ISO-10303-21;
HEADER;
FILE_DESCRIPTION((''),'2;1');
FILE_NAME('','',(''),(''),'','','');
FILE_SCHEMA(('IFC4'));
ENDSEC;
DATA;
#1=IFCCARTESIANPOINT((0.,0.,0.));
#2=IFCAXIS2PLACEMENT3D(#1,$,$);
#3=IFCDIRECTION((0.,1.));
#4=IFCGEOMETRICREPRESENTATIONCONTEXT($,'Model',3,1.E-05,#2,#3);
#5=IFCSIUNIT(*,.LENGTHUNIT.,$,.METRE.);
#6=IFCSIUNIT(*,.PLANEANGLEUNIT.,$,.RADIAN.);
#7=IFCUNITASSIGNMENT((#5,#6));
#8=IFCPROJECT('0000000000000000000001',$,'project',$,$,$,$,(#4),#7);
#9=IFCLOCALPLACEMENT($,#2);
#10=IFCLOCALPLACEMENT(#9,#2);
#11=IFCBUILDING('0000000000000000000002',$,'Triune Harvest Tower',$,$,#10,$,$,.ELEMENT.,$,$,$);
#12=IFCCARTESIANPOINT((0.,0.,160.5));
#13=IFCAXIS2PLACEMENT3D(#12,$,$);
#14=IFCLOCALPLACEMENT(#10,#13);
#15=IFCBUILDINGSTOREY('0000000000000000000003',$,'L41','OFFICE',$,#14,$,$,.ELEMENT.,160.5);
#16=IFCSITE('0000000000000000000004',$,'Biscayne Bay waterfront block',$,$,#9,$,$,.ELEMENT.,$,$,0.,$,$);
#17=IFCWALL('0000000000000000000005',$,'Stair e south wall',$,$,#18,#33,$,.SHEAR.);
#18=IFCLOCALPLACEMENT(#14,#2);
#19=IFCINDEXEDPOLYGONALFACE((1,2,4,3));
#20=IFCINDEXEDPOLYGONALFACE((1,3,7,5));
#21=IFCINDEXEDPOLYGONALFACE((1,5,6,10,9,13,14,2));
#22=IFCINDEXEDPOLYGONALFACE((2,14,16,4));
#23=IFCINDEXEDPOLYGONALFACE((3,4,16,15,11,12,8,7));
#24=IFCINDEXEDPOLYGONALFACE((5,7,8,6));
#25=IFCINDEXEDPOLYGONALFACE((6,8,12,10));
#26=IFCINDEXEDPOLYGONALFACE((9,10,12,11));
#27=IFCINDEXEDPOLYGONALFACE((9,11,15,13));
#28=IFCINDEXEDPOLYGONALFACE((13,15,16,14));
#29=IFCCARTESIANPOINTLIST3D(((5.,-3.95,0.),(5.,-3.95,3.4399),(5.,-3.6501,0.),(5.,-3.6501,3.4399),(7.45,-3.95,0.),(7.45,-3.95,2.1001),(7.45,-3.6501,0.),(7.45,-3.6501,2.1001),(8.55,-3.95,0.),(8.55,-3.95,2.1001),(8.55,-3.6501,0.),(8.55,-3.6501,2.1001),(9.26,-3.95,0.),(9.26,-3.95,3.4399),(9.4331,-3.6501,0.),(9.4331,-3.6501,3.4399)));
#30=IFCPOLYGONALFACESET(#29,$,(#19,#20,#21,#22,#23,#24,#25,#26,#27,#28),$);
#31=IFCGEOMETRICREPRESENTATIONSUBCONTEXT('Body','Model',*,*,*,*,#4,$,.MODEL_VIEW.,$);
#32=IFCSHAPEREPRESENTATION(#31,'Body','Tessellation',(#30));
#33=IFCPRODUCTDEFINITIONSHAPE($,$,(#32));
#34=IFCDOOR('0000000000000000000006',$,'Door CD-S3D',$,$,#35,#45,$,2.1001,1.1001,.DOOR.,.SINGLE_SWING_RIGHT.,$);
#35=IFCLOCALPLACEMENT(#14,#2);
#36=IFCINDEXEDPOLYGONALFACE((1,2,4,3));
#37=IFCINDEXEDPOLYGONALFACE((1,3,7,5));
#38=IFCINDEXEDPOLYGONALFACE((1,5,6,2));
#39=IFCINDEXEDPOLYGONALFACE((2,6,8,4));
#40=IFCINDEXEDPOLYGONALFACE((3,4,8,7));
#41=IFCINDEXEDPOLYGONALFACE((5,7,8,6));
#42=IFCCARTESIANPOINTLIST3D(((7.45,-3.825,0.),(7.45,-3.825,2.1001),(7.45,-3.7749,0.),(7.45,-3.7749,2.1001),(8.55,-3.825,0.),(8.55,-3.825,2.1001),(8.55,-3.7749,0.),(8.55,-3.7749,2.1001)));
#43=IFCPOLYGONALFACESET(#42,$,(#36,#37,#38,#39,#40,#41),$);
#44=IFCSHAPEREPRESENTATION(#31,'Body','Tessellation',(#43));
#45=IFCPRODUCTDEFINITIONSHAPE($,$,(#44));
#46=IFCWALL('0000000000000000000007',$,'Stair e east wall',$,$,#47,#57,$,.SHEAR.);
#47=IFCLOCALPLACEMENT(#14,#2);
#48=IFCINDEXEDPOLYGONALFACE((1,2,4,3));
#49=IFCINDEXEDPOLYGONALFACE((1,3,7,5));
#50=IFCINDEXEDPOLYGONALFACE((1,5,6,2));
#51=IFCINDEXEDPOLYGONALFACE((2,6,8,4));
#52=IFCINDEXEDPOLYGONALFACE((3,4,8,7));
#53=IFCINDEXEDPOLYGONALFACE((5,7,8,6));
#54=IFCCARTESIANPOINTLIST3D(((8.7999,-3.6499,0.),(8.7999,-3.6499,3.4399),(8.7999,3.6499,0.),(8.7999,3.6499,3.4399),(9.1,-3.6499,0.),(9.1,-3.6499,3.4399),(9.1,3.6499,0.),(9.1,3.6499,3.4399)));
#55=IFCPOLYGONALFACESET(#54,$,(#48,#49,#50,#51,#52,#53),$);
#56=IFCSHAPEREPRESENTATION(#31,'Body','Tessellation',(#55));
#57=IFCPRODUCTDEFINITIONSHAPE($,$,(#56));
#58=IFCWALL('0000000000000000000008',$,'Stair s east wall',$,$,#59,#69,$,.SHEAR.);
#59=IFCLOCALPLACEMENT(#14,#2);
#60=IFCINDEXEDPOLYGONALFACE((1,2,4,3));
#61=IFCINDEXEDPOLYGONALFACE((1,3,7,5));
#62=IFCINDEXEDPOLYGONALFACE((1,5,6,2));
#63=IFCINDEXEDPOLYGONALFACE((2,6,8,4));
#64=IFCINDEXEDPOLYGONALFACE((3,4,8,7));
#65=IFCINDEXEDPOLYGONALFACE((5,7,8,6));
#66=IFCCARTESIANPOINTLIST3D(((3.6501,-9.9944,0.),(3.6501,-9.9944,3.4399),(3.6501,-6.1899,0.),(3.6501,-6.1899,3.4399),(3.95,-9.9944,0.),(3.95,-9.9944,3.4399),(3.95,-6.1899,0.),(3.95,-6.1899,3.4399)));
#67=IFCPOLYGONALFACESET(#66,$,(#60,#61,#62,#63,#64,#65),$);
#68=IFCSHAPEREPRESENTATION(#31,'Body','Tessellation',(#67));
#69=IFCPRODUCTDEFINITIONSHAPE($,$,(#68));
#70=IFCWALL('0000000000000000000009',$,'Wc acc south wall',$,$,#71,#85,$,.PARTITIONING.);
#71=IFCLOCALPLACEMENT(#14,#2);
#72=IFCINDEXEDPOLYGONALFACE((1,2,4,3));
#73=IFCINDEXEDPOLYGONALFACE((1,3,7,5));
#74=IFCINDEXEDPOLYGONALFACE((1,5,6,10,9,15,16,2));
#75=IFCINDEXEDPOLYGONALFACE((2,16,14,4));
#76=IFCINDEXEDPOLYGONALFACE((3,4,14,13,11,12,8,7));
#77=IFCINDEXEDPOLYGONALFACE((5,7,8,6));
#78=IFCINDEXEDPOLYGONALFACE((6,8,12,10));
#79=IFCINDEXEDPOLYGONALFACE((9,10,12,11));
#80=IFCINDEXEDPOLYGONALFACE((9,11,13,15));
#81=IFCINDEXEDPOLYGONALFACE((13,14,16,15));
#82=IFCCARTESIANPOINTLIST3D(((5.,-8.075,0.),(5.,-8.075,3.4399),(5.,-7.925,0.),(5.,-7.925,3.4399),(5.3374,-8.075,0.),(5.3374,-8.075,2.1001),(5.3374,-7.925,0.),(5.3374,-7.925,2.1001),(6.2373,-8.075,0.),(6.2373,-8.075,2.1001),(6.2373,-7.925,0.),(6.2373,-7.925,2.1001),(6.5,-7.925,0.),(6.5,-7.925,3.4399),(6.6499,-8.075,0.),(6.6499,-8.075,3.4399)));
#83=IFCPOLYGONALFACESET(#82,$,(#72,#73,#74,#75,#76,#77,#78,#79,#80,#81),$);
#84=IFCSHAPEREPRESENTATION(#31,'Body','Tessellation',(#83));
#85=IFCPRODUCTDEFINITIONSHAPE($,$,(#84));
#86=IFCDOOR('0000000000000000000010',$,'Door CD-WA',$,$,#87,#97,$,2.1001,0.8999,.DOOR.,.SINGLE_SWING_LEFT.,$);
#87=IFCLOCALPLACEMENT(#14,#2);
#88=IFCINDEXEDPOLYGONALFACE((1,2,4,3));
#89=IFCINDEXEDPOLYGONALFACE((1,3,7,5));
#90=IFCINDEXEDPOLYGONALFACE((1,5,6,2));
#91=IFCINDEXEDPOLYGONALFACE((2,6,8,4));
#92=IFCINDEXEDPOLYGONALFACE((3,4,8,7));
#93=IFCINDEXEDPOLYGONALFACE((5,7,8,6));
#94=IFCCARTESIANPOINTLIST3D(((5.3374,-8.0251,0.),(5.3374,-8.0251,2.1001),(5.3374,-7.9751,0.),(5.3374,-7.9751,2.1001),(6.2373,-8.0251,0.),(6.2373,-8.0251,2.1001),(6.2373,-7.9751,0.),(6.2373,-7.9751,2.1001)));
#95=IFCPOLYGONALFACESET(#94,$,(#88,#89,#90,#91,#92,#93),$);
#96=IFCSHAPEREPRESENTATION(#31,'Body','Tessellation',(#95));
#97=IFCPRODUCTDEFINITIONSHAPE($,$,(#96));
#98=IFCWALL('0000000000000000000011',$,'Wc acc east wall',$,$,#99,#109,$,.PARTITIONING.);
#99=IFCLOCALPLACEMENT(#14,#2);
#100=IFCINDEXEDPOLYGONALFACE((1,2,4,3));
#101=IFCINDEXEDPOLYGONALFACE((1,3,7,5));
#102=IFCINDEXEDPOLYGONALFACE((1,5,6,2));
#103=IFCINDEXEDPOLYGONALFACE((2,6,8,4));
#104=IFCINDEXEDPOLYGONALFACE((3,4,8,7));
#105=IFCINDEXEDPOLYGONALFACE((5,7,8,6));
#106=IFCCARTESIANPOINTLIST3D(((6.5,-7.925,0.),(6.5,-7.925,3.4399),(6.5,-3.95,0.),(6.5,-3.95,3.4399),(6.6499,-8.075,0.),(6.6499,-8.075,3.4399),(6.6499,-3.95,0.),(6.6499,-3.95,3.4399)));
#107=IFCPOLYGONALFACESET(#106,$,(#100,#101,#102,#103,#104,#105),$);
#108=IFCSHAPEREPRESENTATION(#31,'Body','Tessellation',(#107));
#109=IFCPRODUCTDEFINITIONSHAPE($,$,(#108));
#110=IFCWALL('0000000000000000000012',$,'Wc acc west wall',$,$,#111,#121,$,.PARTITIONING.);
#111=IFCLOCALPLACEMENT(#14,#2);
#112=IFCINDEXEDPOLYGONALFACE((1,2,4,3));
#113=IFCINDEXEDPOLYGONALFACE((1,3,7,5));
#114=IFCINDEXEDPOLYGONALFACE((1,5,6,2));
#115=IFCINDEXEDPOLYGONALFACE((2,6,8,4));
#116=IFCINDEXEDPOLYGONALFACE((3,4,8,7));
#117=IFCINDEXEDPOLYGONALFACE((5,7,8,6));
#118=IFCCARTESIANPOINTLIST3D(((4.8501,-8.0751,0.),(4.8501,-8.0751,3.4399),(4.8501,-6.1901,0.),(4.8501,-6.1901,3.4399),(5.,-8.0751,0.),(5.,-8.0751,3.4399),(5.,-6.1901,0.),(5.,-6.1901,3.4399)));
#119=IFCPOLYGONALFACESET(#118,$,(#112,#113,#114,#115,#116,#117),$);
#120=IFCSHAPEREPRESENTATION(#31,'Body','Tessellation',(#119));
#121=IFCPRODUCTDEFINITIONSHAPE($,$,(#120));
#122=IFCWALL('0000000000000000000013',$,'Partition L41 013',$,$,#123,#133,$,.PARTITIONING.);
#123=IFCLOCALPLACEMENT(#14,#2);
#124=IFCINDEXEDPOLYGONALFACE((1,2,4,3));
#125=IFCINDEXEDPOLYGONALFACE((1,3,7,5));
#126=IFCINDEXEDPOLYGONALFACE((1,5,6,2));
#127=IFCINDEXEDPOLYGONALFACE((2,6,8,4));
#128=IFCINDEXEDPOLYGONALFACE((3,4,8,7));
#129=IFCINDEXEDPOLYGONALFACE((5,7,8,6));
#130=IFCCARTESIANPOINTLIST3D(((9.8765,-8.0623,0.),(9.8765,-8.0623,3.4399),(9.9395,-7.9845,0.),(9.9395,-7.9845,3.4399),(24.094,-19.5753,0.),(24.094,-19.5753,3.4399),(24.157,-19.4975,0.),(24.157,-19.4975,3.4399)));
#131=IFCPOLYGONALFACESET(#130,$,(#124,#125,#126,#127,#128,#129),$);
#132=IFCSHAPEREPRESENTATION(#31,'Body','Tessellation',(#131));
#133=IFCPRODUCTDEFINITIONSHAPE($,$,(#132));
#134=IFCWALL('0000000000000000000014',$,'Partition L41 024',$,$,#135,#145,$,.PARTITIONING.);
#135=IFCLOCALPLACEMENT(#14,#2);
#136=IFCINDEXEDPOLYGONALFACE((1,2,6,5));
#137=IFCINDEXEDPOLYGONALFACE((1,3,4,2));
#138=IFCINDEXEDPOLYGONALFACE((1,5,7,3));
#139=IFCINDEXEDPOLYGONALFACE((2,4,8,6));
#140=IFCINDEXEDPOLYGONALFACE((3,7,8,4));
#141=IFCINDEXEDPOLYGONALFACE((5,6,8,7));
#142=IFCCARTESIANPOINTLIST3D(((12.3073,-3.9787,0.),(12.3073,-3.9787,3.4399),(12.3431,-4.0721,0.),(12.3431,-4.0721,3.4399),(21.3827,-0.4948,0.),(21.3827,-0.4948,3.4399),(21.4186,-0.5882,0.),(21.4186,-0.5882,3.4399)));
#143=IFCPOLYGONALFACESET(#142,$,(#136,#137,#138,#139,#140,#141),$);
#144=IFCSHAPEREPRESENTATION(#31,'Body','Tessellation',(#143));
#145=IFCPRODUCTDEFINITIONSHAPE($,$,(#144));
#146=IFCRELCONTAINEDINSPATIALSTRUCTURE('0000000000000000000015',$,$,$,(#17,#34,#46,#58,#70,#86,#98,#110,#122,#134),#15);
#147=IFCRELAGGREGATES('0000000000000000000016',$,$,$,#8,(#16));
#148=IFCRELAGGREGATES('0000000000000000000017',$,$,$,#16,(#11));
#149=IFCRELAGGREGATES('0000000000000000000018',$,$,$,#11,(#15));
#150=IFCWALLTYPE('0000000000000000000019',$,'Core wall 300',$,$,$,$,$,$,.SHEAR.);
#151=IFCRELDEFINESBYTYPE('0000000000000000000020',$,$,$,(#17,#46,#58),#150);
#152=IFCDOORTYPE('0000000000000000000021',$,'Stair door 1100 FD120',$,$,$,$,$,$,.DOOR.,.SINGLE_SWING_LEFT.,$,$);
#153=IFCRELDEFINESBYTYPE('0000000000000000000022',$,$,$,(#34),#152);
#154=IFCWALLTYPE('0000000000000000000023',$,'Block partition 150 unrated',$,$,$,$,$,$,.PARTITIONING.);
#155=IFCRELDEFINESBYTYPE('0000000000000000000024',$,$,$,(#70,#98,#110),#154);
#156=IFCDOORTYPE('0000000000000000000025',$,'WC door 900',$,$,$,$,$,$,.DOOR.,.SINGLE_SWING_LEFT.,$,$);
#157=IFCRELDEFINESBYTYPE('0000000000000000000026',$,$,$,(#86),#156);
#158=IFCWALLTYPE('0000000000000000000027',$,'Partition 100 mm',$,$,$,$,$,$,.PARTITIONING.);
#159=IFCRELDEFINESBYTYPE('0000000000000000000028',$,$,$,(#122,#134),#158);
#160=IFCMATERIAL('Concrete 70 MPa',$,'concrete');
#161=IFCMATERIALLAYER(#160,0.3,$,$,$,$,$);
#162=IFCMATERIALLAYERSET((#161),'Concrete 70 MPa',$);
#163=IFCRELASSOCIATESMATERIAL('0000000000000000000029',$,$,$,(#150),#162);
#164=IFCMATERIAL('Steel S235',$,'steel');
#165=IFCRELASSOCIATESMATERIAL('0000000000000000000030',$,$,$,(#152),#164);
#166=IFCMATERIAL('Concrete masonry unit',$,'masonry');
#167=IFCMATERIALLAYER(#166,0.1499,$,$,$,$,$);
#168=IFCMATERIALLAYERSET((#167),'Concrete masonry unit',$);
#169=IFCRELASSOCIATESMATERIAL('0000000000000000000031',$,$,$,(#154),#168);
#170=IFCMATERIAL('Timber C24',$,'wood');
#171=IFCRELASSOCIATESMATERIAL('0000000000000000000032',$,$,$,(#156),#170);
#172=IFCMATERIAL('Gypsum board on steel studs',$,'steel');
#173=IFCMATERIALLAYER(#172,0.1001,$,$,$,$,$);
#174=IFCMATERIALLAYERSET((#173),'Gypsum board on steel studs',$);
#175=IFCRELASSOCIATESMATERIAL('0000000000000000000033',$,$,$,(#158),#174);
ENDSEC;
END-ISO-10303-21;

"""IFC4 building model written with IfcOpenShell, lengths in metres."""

from ifc_helpers import new_model, si_unit, direction, frame, frame_2d, origin, place, context, subcontext, project, spatial, polyline, rectangle, outline, extrude, source, transform, mapped, material, layer, layer_set, type_object, element, fill, save


model = new_model("IFC4")

# Units and contexts
model_context = context("Model", 3, precision=1e-05, world=origin(), true_north=direction((0.0, 1.0)))
body_context = subcontext(model_context, "Body", "Model", "MODEL_VIEW")
ifc_project = project(units=[si_unit("LENGTHUNIT", "METRE"), si_unit("PLANEANGLEUNIT", "RADIAN")], contexts=[model_context])

# Site, building, storey
site_placement = place(None, origin())
site = spatial("IfcSite", under=ifc_project, at=site_placement, Name="Biscayne Bay waterfront block", CompositionType="ELEMENT", RefElevation=0.0)
building_placement = place(site_placement, origin())
building = spatial("IfcBuilding", under=site, at=building_placement, Name="Triune Harvest Tower", CompositionType="ELEMENT")
storey_placement = place(building_placement, frame((0.0, 0.0, 160.5)))
storey = spatial("IfcBuildingStorey", under=building, at=storey_placement, Name="L41", Description="OFFICE", CompositionType="ELEMENT", Elevation=160.5)

# Shared definitions
ifc_material_1 = material(Name="Concrete 70 MPa", Category="concrete")
ifc_layer_1 = layer(ifc_material_1, 0.3)
ifc_layer_set_1 = layer_set([ifc_layer_1], Name="Concrete 70 MPa")
wall_type_1 = type_object("IfcWallType", Name="Core wall 300", PredefinedType="SHEAR", material=ifc_layer_set_1)

# Wall, opening, door
ifc_material_2 = material(Name="Steel S235", Category="steel")
door_type_1 = type_object("IfcDoorType", Name="Stair door 1100 FD120", OperationType="SINGLE_SWING_LEFT", PredefinedType="DOOR", material=ifc_material_2)
shared_shape_1 = source(origin(), body_context, "Body", "SweptSolid", [
    extrude(outline(polyline([(0.0, -0.1499), (0.0, 0.1499), (4.4331, 0.1499), (4.26, -0.1499), (0.0, -0.1499)])), origin(), (0.0, 0.0, 1.0), 3.4399),
])
wall_1_placement = place(storey_placement, frame((5.0, -3.8, 0.0), z_axis=(0.0, 0.0, 1.0), x_axis=(1.0, 0.0, 0.0)))
wall_1 = element("IfcWall", 1, at=wall_1_placement, inside=storey, type_object=wall_type_1, Name="Stair e south wall", PredefinedType="SHEAR", context=body_context, shape_type="MappedRepresentation", body=[
    mapped(shared_shape_1, transform((0.0, 0.0, 0.0), scale=1.0)),
])
opening_1_placement = place(wall_1_placement, frame((2.45, 0.0, 0.0)))
opening_1 = element("IfcOpeningElement", 2, at=opening_1_placement, cuts=wall_1, PredefinedType="OPENING", context=body_context, shape_type="SweptSolid", body=[
    extrude(rectangle(XDim=1.1001, YDim=2.1001, at=frame_2d((0.55, 1.05))), frame((0.0, 0.1602, 0.0), z_axis=(0.0, -1.0, 0.0), x_axis=(1.0, 0.0, 0.0)), (0.0, 0.0, 1.0), 0.3201),
])
door_1_placement = place(opening_1_placement, frame((1.1001, 0.0, 0.0), z_axis=(0.0, 0.0, 1.0), x_axis=(-1.0, 0.0, 0.0)))
door_1 = element("IfcDoor", 3, at=door_1_placement, inside=storey, type_object=door_type_1, Name="Door CD-S3D", OperationType="SINGLE_SWING_RIGHT", OverallHeight=2.1001, OverallWidth=1.1001, PredefinedType="DOOR", context=body_context, shape_type="SweptSolid", body=[
    extrude(rectangle(XDim=1.1001, YDim=2.1001, at=frame_2d((0.55, 1.05))), frame((0.0, 0.0249, 0.0), z_axis=(0.0, -1.0, 0.0), x_axis=(1.0, 0.0, 0.0)), (0.0, 0.0, 1.0), 0.05),
])
fill(opening_1, door_1)

# Walls
shared_shape_2 = source(origin(), body_context, "Body", "SweptSolid", [
    extrude(rectangle(XDim=7.2998, YDim=0.3, at=frame_2d((3.6499, 0.0))), origin(), (0.0, 0.0, 1.0), 3.4399),
])
wall_2_placement = place(storey_placement, frame((8.95, -3.6499, 0.0), z_axis=(0.0, 0.0, 1.0), x_axis=(0.0, 1.0, 0.0)))
element("IfcWall", 4, at=wall_2_placement, inside=storey, type_object=wall_type_1, Name="Stair e east wall", PredefinedType="SHEAR", context=body_context, shape_type="MappedRepresentation", body=[
    mapped(shared_shape_2, transform((0.0, 0.0, 0.0), scale=1.0)),
])
shared_shape_3 = source(origin(), body_context, "Body", "SweptSolid", [
    extrude(outline(polyline([(3.8, -0.1499), (-0.0044, -0.1499), (-0.0044, 0.1499), (3.8, 0.1499), (3.8, -0.1499)])), origin(), (0.0, 0.0, 1.0), 3.4399),
])
wall_3_placement = place(storey_placement, frame((3.8, -9.99, 0.0), z_axis=(0.0, 0.0, 1.0), x_axis=(0.0, 1.0, 0.0)))
element("IfcWall", 5, at=wall_3_placement, inside=storey, type_object=wall_type_1, Name="Stair s east wall", PredefinedType="SHEAR", context=body_context, shape_type="MappedRepresentation", body=[
    mapped(shared_shape_3, transform((0.0, 0.0, 0.0), scale=1.0)),
])

# Wall, opening, door
ifc_material_3 = material(Name="Concrete masonry unit", Category="masonry")
ifc_layer_2 = layer(ifc_material_3, 0.1499)
ifc_layer_set_2 = layer_set([ifc_layer_2], Name="Concrete masonry unit")
wall_type_2 = type_object("IfcWallType", Name="Block partition 150 unrated", PredefinedType="PARTITIONING", material=ifc_layer_set_2)
shared_shape_4 = source(origin(), body_context, "Body", "SweptSolid", [
    extrude(outline(polyline([(0.0, -0.075), (1.6499, -0.075), (1.5, 0.075), (0.0, 0.075), (0.0, -0.075)])), origin(), (0.0, 0.0, 1.0), 3.4399),
])
wall_4_placement = place(storey_placement, frame((5.0, -8.0, 0.0), z_axis=(0.0, 0.0, 1.0), x_axis=(1.0, 0.0, 0.0)))
wall_4 = element("IfcWall", 6, at=wall_4_placement, inside=storey, type_object=wall_type_2, Name="Wc acc south wall", PredefinedType="PARTITIONING", context=body_context, shape_type="MappedRepresentation", body=[
    mapped(shared_shape_4, transform((0.0, 0.0, 0.0), scale=1.0)),
])
opening_2_placement = place(wall_4_placement, frame((0.3374, 0.0, 0.0)))
opening_2 = element("IfcOpeningElement", 7, at=opening_2_placement, cuts=wall_4, PredefinedType="OPENING", context=body_context, shape_type="SweptSolid", body=[
    extrude(rectangle(XDim=0.8999, YDim=2.1001, at=frame_2d((0.45, 1.05))), frame((0.0, 0.085, 0.0), z_axis=(0.0, -1.0, 0.0), x_axis=(1.0, 0.0, 0.0)), (0.0, 0.0, 1.0), 0.1699),
])
ifc_material_4 = material(Name="Timber C24", Category="wood")
door_type_2 = type_object("IfcDoorType", Name="WC door 900", OperationType="SINGLE_SWING_LEFT", PredefinedType="DOOR", material=ifc_material_4)
door_2_placement = place(opening_2_placement, origin())
door_2 = element("IfcDoor", 8, at=door_2_placement, inside=storey, type_object=door_type_2, Name="Door CD-WA", OperationType="SINGLE_SWING_LEFT", OverallHeight=2.1001, OverallWidth=0.8999, PredefinedType="DOOR", context=body_context, shape_type="SweptSolid", body=[
    extrude(rectangle(XDim=0.8999, YDim=2.1001, at=frame_2d((0.45, 1.05))), frame((0.0, 0.0249, 0.0), z_axis=(0.0, -1.0, 0.0), x_axis=(1.0, 0.0, 0.0)), (0.0, 0.0, 1.0), 0.05),
])
fill(opening_2, door_2)

# Walls
shared_shape_5 = source(origin(), body_context, "Body", "SweptSolid", [
    extrude(outline(polyline([(-0.075, -0.075), (4.05, -0.075), (4.05, 0.075), (0.075, 0.075), (-0.075, -0.075)])), origin(), (0.0, 0.0, 1.0), 3.4399),
])
wall_5_placement = place(storey_placement, frame((6.575, -8.0, 0.0), z_axis=(0.0, 0.0, 1.0), x_axis=(0.0, 1.0, 0.0)))
element("IfcWall", 9, at=wall_5_placement, inside=storey, type_object=wall_type_2, Name="Wc acc east wall", PredefinedType="PARTITIONING", context=body_context, shape_type="MappedRepresentation", body=[
    mapped(shared_shape_5, transform((0.0, 0.0, 0.0), scale=1.0)),
])
shared_shape_6 = source(origin(), body_context, "Body", "SweptSolid", [
    extrude(rectangle(XDim=1.885, YDim=0.1499, at=frame_2d((0.9424, 0.0))), origin(), (0.0, 0.0, 1.0), 3.4399),
])
wall_6_placement = place(storey_placement, frame((4.925, -8.075, 0.0), z_axis=(0.0, 0.0, 1.0), x_axis=(0.0, 1.0, 0.0)))
element("IfcWall", 10, at=wall_6_placement, inside=storey, type_object=wall_type_2, Name="Wc acc west wall", PredefinedType="PARTITIONING", context=body_context, shape_type="MappedRepresentation", body=[
    mapped(shared_shape_6, transform((0.0, 0.0, 0.0), scale=1.0)),
])
ifc_material_5 = material(Name="Gypsum board on steel studs", Category="steel")
ifc_layer_3 = layer(ifc_material_5, 0.1001)
ifc_layer_set_3 = layer_set([ifc_layer_3], Name="Gypsum board on steel studs")
wall_type_3 = type_object("IfcWallType", Name="Partition 100 mm", PredefinedType="PARTITIONING", material=ifc_layer_set_3)
shared_shape_7 = source(origin(), body_context, "Body", "SweptSolid", [
    extrude(rectangle(XDim=18.2944, YDim=0.1001, at=frame_2d((9.1472, 0.0))), origin(), (0.0, 0.0, 1.0), 3.4399),
])
wall_7_placement = place(storey_placement, frame((9.908, -8.0234, 0.0), z_axis=(0.0, 0.0, 1.0), x_axis=(0.777151, -0.629314, 0.0)))
element("IfcWall", 11, at=wall_7_placement, inside=storey, type_object=wall_type_3, Name="Partition L41 013", PredefinedType="PARTITIONING", context=body_context, shape_type="MappedRepresentation", body=[
    mapped(shared_shape_7, transform((0.0, 0.0, 0.0), scale=1.0)),
])
shared_shape_8 = source(origin(), body_context, "Body", "SweptSolid", [
    extrude(rectangle(XDim=9.7212, YDim=0.1001, at=frame_2d((4.8606, 0.0))), origin(), (0.0, 0.0, 1.0), 3.4399),
])
wall_8_placement = place(storey_placement, frame((12.3252, -4.0254, 0.0), z_axis=(0.0, 0.0, 1.0), x_axis=(0.933575, 0.358382, 0.0)))
element("IfcWall", 12, at=wall_8_placement, inside=storey, type_object=wall_type_3, Name="Partition L41 024", PredefinedType="PARTITIONING", context=body_context, shape_type="MappedRepresentation", body=[
    mapped(shared_shape_8, transform((0.0, 0.0, 0.0), scale=1.0)),
])

save(model, "model.ifc")
